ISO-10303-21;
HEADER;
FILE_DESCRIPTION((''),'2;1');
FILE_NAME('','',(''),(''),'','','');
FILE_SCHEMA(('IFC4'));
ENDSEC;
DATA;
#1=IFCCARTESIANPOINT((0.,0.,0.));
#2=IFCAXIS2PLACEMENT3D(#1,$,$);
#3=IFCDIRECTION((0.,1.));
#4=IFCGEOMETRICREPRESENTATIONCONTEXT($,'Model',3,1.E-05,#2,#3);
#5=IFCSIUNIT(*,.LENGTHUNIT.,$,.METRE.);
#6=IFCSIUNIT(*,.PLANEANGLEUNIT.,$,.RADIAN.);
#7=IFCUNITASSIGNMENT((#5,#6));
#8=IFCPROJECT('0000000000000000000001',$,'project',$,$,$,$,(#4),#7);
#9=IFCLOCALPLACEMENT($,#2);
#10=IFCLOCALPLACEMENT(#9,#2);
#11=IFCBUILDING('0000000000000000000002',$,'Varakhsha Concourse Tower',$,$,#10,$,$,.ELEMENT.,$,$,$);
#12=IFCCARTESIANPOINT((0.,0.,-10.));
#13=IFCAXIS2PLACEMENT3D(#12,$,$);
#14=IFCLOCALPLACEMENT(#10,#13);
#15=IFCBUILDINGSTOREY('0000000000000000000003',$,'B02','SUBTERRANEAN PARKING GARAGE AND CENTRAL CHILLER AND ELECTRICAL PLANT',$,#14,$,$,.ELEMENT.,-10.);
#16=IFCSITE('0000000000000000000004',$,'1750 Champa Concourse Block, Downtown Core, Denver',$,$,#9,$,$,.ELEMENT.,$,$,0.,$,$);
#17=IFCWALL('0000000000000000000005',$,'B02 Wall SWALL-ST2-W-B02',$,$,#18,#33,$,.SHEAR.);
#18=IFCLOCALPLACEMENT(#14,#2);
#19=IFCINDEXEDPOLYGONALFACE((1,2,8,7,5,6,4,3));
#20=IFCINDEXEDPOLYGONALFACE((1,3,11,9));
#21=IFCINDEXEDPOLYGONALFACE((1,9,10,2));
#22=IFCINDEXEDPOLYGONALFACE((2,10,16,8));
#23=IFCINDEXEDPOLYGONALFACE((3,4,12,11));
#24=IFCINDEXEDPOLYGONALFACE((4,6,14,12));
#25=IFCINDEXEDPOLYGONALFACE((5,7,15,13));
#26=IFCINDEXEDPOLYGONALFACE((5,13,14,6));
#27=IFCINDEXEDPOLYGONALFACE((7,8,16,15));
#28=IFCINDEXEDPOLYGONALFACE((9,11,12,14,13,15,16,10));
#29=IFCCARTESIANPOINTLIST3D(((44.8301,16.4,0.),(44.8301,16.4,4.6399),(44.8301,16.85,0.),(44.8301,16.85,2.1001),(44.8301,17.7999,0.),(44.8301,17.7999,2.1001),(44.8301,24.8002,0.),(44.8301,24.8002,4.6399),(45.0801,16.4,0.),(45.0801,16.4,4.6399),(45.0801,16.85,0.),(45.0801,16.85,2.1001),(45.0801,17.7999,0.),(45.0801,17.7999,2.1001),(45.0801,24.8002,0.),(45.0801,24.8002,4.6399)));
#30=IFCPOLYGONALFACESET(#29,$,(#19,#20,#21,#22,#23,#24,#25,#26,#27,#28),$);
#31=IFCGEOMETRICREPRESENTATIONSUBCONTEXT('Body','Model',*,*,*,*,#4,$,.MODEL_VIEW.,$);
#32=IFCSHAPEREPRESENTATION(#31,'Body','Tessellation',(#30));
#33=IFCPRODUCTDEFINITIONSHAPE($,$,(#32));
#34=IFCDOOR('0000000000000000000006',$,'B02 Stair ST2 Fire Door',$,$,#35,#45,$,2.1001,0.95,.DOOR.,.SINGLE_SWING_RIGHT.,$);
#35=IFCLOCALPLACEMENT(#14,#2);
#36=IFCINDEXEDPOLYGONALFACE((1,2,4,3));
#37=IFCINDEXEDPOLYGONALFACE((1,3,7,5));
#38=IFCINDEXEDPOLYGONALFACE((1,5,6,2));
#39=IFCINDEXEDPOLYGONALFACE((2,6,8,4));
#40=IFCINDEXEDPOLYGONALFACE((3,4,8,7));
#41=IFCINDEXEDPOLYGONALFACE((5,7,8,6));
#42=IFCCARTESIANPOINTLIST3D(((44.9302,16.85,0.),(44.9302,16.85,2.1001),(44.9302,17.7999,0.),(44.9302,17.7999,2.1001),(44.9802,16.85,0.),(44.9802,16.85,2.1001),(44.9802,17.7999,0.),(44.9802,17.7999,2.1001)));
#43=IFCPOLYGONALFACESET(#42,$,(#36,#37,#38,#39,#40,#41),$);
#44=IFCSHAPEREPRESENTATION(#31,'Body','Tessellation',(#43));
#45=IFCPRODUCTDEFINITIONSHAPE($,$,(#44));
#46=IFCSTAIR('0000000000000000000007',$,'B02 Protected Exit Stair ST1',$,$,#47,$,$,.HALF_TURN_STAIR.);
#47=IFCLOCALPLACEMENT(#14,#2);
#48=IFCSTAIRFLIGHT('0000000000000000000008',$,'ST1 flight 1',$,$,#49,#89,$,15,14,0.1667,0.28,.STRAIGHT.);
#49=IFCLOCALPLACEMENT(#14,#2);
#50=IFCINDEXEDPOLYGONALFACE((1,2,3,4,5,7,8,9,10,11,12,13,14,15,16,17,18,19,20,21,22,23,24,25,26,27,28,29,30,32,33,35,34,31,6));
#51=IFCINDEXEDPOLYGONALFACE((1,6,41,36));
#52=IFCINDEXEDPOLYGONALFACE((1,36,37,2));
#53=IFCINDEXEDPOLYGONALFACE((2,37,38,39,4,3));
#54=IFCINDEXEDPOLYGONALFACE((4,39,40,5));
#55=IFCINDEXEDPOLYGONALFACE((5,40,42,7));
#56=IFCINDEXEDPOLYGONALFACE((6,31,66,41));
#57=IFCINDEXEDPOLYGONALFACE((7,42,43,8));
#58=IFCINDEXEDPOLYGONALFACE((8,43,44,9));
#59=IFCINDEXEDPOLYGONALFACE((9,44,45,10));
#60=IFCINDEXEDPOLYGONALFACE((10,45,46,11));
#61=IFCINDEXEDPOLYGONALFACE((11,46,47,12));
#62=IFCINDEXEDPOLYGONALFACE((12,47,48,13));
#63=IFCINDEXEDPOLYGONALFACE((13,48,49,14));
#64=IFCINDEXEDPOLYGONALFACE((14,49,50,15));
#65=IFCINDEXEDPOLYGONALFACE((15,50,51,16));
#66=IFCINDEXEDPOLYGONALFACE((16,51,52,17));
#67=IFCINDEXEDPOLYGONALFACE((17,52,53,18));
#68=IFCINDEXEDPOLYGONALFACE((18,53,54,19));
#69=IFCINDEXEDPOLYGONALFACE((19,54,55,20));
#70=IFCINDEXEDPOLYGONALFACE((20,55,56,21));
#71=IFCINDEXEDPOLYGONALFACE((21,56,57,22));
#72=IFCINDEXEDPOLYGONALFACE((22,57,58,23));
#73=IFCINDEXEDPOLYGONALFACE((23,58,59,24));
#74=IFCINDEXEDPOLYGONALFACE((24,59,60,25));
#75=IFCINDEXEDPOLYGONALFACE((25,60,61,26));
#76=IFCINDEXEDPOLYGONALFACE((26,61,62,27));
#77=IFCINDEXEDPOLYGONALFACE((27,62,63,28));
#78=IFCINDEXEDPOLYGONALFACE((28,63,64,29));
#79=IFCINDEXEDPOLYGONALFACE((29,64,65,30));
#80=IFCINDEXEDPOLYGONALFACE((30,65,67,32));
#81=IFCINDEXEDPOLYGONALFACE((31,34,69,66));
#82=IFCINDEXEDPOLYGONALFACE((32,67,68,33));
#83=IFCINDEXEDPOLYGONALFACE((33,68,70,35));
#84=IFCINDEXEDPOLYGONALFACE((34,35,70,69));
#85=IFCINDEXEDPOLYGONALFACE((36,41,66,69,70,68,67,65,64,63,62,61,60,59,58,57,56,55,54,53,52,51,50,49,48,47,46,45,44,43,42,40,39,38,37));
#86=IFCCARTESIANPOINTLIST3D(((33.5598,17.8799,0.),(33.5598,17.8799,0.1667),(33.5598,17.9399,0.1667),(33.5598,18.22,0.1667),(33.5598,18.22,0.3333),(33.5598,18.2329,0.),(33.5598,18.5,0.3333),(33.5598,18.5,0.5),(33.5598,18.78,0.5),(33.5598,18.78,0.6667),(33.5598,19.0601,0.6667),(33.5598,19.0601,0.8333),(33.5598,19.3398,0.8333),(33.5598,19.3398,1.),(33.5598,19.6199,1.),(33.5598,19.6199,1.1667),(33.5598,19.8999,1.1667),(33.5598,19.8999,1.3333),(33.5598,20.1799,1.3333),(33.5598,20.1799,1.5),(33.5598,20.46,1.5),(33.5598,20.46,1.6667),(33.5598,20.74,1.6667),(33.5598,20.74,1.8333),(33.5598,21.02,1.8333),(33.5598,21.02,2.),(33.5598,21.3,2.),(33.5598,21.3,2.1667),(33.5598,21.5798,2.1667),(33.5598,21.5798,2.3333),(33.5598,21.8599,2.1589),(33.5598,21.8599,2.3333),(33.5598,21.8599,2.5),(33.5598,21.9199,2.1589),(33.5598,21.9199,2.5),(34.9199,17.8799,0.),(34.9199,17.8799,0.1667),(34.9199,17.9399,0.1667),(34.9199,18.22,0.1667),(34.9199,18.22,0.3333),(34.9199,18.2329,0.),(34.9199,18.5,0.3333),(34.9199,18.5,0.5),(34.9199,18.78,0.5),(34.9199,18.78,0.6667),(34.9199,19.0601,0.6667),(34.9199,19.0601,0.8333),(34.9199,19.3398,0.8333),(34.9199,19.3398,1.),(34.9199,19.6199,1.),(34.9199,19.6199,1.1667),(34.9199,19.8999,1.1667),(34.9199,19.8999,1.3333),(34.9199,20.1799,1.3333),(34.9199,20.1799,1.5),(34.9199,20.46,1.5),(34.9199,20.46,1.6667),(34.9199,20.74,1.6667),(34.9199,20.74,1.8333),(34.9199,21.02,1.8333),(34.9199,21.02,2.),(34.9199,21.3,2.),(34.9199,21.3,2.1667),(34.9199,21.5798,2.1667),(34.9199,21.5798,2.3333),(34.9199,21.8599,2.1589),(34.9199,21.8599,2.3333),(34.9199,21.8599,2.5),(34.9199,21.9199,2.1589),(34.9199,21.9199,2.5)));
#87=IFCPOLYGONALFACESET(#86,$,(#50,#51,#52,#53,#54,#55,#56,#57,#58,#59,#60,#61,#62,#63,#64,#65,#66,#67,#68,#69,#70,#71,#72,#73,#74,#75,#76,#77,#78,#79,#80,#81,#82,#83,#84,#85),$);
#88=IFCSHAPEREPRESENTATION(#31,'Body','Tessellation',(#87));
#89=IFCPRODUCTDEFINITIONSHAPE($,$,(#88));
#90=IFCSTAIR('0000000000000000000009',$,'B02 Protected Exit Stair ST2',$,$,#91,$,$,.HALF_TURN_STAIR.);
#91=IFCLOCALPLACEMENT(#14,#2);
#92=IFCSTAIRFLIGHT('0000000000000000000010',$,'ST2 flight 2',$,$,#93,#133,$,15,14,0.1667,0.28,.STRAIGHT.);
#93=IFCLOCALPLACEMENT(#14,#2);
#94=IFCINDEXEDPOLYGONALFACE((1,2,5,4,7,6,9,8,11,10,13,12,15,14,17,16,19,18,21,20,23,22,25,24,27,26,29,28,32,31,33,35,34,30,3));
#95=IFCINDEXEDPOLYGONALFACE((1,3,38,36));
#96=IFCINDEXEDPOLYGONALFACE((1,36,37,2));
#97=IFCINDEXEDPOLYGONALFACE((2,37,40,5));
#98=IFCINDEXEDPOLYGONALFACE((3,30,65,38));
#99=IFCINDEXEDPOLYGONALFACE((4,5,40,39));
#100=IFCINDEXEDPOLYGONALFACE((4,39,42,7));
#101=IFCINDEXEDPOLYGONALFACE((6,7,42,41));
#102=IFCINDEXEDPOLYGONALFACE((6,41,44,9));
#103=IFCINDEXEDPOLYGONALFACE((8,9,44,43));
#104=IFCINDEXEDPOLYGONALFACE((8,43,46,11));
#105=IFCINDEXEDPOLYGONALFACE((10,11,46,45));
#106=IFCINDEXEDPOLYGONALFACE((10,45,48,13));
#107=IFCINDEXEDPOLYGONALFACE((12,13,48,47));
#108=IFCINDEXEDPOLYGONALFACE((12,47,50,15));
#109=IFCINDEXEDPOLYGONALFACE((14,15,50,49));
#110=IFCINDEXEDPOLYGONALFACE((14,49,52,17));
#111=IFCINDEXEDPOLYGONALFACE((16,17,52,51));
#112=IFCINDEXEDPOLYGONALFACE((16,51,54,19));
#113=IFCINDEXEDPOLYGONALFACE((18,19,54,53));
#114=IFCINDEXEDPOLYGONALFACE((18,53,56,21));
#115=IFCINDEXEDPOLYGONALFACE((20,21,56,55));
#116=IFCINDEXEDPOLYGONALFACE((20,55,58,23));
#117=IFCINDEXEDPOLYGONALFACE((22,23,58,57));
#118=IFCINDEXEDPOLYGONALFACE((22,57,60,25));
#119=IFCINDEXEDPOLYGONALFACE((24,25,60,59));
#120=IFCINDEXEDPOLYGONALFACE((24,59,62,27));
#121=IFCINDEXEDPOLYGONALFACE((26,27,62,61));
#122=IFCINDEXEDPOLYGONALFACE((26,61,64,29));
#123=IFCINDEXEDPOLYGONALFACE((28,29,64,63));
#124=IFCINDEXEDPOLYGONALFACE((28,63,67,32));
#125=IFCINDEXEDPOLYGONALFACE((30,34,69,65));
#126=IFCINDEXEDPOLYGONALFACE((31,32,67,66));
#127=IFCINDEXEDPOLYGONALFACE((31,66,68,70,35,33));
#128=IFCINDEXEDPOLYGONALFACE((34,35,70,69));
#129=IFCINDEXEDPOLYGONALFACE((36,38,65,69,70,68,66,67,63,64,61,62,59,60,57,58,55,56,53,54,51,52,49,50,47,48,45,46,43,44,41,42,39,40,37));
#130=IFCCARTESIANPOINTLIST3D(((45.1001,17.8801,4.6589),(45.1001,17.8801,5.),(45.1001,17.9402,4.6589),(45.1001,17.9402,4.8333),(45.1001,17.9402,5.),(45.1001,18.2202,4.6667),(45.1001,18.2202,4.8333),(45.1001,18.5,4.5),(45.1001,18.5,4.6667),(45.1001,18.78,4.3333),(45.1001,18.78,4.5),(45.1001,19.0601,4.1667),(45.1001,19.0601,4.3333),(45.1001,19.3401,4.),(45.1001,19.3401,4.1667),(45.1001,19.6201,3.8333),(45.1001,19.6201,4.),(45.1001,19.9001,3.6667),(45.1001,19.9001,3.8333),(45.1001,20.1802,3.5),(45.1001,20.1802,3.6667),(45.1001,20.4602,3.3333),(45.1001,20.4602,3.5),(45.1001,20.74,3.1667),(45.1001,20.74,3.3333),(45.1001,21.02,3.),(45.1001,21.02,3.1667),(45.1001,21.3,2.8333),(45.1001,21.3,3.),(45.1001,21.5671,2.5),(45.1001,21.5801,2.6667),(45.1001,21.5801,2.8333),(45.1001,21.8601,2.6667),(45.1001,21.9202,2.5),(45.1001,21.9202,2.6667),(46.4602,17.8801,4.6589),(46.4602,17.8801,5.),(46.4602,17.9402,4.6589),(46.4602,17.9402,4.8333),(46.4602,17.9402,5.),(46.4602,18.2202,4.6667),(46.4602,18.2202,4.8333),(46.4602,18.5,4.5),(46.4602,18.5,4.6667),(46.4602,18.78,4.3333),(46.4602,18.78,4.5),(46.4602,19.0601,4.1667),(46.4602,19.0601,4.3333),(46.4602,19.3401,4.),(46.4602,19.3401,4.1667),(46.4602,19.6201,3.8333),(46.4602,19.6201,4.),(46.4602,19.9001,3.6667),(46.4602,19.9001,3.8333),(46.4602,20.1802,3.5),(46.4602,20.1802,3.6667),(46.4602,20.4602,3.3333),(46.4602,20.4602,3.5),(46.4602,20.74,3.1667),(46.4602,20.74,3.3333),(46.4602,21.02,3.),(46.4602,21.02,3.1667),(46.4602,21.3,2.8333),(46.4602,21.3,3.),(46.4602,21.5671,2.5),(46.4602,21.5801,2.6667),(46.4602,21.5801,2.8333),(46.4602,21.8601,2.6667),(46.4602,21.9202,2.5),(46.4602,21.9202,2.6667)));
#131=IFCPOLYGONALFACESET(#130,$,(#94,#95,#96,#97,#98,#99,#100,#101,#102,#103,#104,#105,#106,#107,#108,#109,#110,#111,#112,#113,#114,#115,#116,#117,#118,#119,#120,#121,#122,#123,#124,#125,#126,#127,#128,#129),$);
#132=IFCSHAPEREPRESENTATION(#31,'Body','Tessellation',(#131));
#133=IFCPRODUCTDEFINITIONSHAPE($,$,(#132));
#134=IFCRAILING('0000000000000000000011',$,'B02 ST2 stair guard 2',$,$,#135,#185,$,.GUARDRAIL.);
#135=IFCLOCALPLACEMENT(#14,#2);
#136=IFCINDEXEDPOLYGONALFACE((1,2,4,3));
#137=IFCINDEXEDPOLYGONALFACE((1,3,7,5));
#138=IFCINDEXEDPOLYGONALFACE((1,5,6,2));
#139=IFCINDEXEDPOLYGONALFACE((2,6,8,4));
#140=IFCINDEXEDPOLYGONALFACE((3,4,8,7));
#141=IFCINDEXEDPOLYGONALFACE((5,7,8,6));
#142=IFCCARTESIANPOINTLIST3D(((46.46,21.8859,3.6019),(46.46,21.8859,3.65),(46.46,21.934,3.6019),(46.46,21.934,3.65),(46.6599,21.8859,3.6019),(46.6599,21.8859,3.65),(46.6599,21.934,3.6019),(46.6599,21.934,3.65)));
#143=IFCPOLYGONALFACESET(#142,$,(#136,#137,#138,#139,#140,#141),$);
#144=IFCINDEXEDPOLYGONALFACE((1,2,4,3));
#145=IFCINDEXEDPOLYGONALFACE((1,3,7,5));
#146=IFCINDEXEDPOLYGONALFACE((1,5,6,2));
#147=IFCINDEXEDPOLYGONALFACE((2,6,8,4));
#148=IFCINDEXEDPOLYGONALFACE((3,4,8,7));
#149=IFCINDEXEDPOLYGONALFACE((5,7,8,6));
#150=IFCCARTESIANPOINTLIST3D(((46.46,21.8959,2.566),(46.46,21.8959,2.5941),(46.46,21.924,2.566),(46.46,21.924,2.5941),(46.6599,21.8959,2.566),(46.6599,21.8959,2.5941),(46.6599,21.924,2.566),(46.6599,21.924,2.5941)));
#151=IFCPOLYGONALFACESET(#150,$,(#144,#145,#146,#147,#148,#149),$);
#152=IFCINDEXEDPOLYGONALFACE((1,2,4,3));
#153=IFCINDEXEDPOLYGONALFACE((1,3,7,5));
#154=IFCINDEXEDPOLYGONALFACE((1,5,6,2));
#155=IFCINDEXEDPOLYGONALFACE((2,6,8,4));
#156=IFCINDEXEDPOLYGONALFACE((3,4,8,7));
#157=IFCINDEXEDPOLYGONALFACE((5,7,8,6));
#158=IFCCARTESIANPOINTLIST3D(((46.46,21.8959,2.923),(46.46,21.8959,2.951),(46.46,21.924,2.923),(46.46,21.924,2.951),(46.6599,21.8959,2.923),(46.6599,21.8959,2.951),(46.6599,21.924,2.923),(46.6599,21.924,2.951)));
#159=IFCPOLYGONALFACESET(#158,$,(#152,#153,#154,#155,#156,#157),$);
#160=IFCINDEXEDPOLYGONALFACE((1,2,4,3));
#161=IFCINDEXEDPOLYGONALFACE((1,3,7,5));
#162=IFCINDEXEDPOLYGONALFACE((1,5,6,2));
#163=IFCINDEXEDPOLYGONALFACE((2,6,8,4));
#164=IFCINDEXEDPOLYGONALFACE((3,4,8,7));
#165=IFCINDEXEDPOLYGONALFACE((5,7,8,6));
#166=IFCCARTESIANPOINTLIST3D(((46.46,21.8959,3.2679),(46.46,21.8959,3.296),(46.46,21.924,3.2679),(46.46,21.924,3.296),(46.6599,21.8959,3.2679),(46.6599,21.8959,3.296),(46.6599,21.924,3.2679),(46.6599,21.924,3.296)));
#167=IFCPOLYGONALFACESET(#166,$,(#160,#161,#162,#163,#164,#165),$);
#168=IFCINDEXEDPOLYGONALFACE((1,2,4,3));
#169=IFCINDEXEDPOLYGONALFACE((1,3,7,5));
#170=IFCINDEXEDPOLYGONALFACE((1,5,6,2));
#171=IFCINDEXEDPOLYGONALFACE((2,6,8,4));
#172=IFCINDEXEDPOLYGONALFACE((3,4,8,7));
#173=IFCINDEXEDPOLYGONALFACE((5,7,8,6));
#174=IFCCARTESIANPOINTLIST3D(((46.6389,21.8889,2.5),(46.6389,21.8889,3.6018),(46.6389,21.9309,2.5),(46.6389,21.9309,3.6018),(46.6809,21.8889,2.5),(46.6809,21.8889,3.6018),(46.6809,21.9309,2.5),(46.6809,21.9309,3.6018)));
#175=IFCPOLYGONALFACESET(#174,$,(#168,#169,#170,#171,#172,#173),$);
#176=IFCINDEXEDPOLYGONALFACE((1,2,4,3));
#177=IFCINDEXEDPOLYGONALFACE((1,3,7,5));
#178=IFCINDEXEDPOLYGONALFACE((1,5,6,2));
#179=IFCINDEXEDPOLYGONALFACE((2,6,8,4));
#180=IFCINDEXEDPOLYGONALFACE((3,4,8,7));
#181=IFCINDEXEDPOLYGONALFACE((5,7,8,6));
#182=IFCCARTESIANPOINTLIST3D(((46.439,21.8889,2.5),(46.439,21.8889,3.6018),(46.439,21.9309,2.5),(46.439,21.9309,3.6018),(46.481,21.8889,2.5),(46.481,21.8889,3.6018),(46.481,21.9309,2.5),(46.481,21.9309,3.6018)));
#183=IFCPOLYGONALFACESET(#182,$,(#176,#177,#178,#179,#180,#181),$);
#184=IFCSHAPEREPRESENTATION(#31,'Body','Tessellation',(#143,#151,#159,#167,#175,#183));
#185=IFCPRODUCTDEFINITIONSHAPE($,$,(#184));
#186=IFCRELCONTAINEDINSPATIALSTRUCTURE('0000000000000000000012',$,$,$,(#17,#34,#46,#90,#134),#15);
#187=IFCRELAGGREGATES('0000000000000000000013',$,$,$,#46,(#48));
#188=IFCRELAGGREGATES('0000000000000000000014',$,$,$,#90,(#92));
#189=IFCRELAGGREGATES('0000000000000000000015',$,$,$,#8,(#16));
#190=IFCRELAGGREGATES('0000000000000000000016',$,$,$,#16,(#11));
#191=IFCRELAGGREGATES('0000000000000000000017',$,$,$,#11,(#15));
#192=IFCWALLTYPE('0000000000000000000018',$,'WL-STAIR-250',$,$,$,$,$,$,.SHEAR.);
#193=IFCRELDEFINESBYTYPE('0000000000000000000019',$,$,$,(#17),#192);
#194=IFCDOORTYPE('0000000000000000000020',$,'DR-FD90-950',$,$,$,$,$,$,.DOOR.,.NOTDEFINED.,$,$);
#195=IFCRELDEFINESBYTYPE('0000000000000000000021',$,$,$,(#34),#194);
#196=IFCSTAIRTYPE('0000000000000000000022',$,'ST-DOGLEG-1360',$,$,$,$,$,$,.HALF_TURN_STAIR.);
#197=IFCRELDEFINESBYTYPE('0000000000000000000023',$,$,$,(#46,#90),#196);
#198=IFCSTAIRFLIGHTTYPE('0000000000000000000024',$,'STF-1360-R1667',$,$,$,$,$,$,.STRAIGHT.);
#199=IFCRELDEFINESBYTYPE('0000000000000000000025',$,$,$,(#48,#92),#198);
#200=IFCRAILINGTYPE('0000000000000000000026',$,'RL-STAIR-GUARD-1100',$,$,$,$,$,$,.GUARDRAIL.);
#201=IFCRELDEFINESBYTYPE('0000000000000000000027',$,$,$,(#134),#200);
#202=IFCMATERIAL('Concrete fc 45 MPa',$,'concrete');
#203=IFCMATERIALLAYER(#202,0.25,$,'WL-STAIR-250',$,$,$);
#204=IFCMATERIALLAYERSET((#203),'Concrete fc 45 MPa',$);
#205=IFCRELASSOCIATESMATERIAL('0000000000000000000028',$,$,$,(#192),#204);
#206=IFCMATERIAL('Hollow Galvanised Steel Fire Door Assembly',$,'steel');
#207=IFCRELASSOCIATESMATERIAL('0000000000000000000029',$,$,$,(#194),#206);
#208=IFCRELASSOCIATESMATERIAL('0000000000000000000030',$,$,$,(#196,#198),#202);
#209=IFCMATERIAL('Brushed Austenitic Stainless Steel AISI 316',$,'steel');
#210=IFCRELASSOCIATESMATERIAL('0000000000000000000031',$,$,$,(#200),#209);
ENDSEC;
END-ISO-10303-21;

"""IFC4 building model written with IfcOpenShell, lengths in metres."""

from ifc_helpers import new_model, si_unit, direction, frame, frame_2d, origin, origin_2d, place, context, subcontext, project, spatial, polyline, rectangle, outline, extrude, material, layer, layer_set, type_object, element, fill, aggregate, save


model = new_model("IFC4")

# Units and contexts
model_context = context("Model", 3, precision=1e-05, world=origin(), true_north=direction((0.0, 1.0)))
body_context = subcontext(model_context, "Body", "Model", "MODEL_VIEW")
ifc_project = project(units=[si_unit("LENGTHUNIT", "METRE"), si_unit("PLANEANGLEUNIT", "RADIAN")], contexts=[model_context])

# Site, building, storey
site_placement = place(None, origin())
site = spatial("IfcSite", under=ifc_project, at=site_placement, Name="1750 Champa Concourse Block, Downtown Core, Denver", CompositionType="ELEMENT", RefElevation=0.0)
building_placement = place(site_placement, origin())
building = spatial("IfcBuilding", under=site, at=building_placement, Name="Varakhsha Concourse Tower", CompositionType="ELEMENT")
storey_placement = place(building_placement, frame((0.0, 0.0, -10.0)))
storey = spatial("IfcBuildingStorey", under=building, at=storey_placement, Name="B02", Description="SUBTERRANEAN PARKING GARAGE AND CENTRAL CHILLER AND ELECTRICAL PLANT", CompositionType="ELEMENT", Elevation=-10.0)

# Shared definitions
ifc_material_1 = material(Name="Hollow Galvanised Steel Fire Door Assembly", Category="steel")

# Wall, opening, door
ifc_material_2 = material(Name="Concrete fc 45 MPa", Category="concrete")
ifc_layer_1 = layer(ifc_material_2, 0.25, Name="WL-STAIR-250")
ifc_layer_set_1 = layer_set([ifc_layer_1], Name="Concrete fc 45 MPa")
wall_type_1 = type_object("IfcWallType", Name="WL-STAIR-250", PredefinedType="SHEAR", material=ifc_layer_set_1)
door_type_1 = type_object("IfcDoorType", Name="DR-FD90-950", OperationType="NOTDEFINED", PredefinedType="DOOR", material=ifc_material_1)
wall_1_placement = place(storey_placement, frame((44.9551, 16.3999, 0.0), z_axis=(0.0, 0.0, 1.0), x_axis=(0.0, 1.0, 0.0)))
wall_1 = element("IfcWall", 1, at=wall_1_placement, inside=storey, type_object=wall_type_1, Name="B02 Wall SWALL-ST2-W-B02", PredefinedType="SHEAR", context=body_context, shape_type="SweptSolid", body=[
    extrude(rectangle(XDim=8.4001, YDim=0.25, at=frame_2d((4.2002, 0.0))), origin(), (0.0, 0.0, 1.0), 4.6399),
])
opening_1_placement = place(wall_1_placement, frame((0.45, 0.0, 0.0)))
opening_1 = element("IfcOpeningElement", 2, at=opening_1_placement, cuts=wall_1, PredefinedType="OPENING", context=body_context, shape_type="SweptSolid", body=[
    extrude(rectangle(XDim=0.95, YDim=2.1001, at=frame_2d((0.4751, 1.05))), frame((0.0, 0.135, 0.0), z_axis=(0.0, -1.0, 0.0), x_axis=(1.0, 0.0, 0.0)), (0.0, 0.0, 1.0), 0.27),
])
door_1_placement = place(opening_1_placement, origin())
door_1 = element("IfcDoor", 3, at=door_1_placement, inside=storey, type_object=door_type_1, Name="B02 Stair ST2 Fire Door", OperationType="SINGLE_SWING_RIGHT", OverallHeight=2.1001, OverallWidth=0.95, PredefinedType="DOOR", context=body_context, shape_type="SweptSolid", body=[
    extrude(rectangle(XDim=0.95, YDim=2.1001, at=frame_2d((0.4751, 1.05))), frame((0.0, 0.0249, 0.0), z_axis=(0.0, -1.0, 0.0), x_axis=(1.0, 0.0, 0.0)), (0.0, 0.0, 1.0), 0.05),
])
fill(opening_1, door_1)

# Stairs, stair flights
stair_type = type_object("IfcStairType", Name="ST-DOGLEG-1360", PredefinedType="HALF_TURN_STAIR", material=ifc_material_2)
stair_1_placement = place(storey_placement, origin())
stair_1 = element("IfcStair", 4, at=stair_1_placement, inside=storey, type_object=stair_type, Name="B02 Protected Exit Stair ST1", PredefinedType="HALF_TURN_STAIR")
stair_flight_type = type_object("IfcStairFlightType", Name="STF-1360-R1667", PredefinedType="STRAIGHT", material=ifc_material_2)
stair_flight_1_placement = place(storey_placement, frame((34.24, 17.9399, 0.0), z_axis=(0.0, 0.0, 1.0), x_axis=(0.0, 1.0, 0.0)))
stair_flight_1 = element("IfcStairFlight", 5, at=stair_flight_1_placement, type_object=stair_flight_type, Name="ST1 flight 1", NumberOfRisers=15, NumberOfTreads=14, PredefinedType="STRAIGHT", RiserHeight=0.1667, TreadLength=0.28, context=body_context, shape_type="SweptSolid", body=[
    extrude(outline(polyline([(-0.0601, 0.0), (-0.0601, 0.1667), (0.0, 0.1667), (0.28, 0.1667), (0.28, 0.3333), (0.5601, 0.3333), (0.5601, 0.5), (0.8401, 0.5), (0.8401, 0.6667), (1.1201, 0.6667), (1.1201, 0.8333), (1.3999, 0.8333), (1.3999, 1.0), (1.6799, 1.0), (1.6799, 1.1667), (1.96, 1.1667), (1.96, 1.3333), (2.24, 1.3333), (2.24, 1.5), (2.52, 1.5), (2.52, 1.6667), (2.8, 1.6667), (2.8, 1.8333), (3.0801, 1.8333), (3.0801, 2.0), (3.3601, 2.0), (3.3601, 2.1667), (3.6399, 2.1667), (3.6399, 2.3333), (3.9199, 2.3333), (3.9199, 2.5), (3.98, 2.5), (3.98, 2.1589), (3.9199, 2.1589), (0.293, 0.0), (-0.0601, 0.0)])), frame((0.0, 0.6802, 0.0), z_axis=(0.0, -1.0, 0.0), x_axis=(1.0, 0.0, 0.0)), (0.0, 0.0, 1.0), 1.3601),
])
aggregate(stair_1, [stair_flight_1])
stair_2_placement = place(storey_placement, origin())
stair_2 = element("IfcStair", 6, at=stair_2_placement, inside=storey, type_object=stair_type, Name="B02 Protected Exit Stair ST2", PredefinedType="HALF_TURN_STAIR")
stair_flight_2_placement = place(storey_placement, frame((45.78, 21.8601, 2.5), z_axis=(0.0, 0.0, 1.0), x_axis=(0.0, -1.0, 0.0)))
stair_flight_2 = element("IfcStairFlight", 7, at=stair_flight_2_placement, type_object=stair_flight_type, Name="ST2 flight 2", NumberOfRisers=15, NumberOfTreads=14, PredefinedType="STRAIGHT", RiserHeight=0.1667, TreadLength=0.28, context=body_context, shape_type="SweptSolid", body=[
    extrude(outline(polyline([(-0.0601, 0.0), (-0.0601, 0.1667), (0.0, 0.1667), (0.28, 0.1667), (0.28, 0.3333), (0.5601, 0.3333), (0.5601, 0.5), (0.8401, 0.5), (0.8401, 0.6667), (1.1201, 0.6667), (1.1201, 0.8333), (1.3999, 0.8333), (1.3999, 1.0), (1.6799, 1.0), (1.6799, 1.1667), (1.96, 1.1667), (1.96, 1.3333), (2.24, 1.3333), (2.24, 1.5), (2.52, 1.5), (2.52, 1.6667), (2.8, 1.6667), (2.8, 1.8333), (3.0801, 1.8333), (3.0801, 2.0), (3.3601, 2.0), (3.3601, 2.1667), (3.6399, 2.1667), (3.6399, 2.3333), (3.9199, 2.3333), (3.9199, 2.5), (3.98, 2.5), (3.98, 2.1589), (3.9199, 2.1589), (0.293, 0.0), (-0.0601, 0.0)])), frame((0.0, 0.6802, 0.0), z_axis=(0.0, -1.0, 0.0), x_axis=(1.0, 0.0, 0.0)), (0.0, 0.0, 1.0), 1.3601),
])
aggregate(stair_2, [stair_flight_2])

# Railing
ifc_material_3 = material(Name="Brushed Austenitic Stainless Steel AISI 316", Category="steel")
railing_type_1 = type_object("IfcRailingType", Name="RL-STAIR-GUARD-1100", PredefinedType="GUARDRAIL", material=ifc_material_3)
railing_1_placement = place(storey_placement, frame((46.6599, 21.9099, 2.5)))
element("IfcRailing", 8, at=railing_1_placement, inside=storey, type_object=railing_type_1, Name="B02 ST2 stair guard 2", PredefinedType="GUARDRAIL", context=body_context, shape_type="SweptSolid", body=[
    extrude(rectangle(XDim=0.0481, YDim=0.0481, at=origin_2d()), frame((0.0, 0.0, 1.126), z_axis=(-1.0, 0.0, 0.0), x_axis=(0.0, -1.0, 0.0)), (0.0, 0.0, 1.0), 0.2),
    extrude(rectangle(XDim=0.0281, YDim=0.0281, at=origin_2d()), frame((0.0, 0.0, 0.0801), z_axis=(-1.0, 0.0, 0.0), x_axis=(0.0, -1.0, 0.0)), (0.0, 0.0, 1.0), 0.2),
    extrude(rectangle(XDim=0.0281, YDim=0.0281, at=origin_2d()), frame((0.0, 0.0, 0.437), z_axis=(-1.0, 0.0, 0.0), x_axis=(0.0, -1.0, 0.0)), (0.0, 0.0, 1.0), 0.2),
    extrude(rectangle(XDim=0.0281, YDim=0.0281, at=origin_2d()), frame((0.0, 0.0, 0.782), z_axis=(-1.0, 0.0, 0.0), x_axis=(0.0, -1.0, 0.0)), (0.0, 0.0, 1.0), 0.2),
    extrude(rectangle(XDim=0.042, YDim=0.042, at=origin_2d()), origin(), (0.0, 0.0, 1.0), 1.1018),
    extrude(rectangle(XDim=0.042, YDim=0.042, at=origin_2d()), frame((-0.2, 0.0, 0.0)), (0.0, 0.0, 1.0), 1.1018),
])

save(model, "model.ifc")
